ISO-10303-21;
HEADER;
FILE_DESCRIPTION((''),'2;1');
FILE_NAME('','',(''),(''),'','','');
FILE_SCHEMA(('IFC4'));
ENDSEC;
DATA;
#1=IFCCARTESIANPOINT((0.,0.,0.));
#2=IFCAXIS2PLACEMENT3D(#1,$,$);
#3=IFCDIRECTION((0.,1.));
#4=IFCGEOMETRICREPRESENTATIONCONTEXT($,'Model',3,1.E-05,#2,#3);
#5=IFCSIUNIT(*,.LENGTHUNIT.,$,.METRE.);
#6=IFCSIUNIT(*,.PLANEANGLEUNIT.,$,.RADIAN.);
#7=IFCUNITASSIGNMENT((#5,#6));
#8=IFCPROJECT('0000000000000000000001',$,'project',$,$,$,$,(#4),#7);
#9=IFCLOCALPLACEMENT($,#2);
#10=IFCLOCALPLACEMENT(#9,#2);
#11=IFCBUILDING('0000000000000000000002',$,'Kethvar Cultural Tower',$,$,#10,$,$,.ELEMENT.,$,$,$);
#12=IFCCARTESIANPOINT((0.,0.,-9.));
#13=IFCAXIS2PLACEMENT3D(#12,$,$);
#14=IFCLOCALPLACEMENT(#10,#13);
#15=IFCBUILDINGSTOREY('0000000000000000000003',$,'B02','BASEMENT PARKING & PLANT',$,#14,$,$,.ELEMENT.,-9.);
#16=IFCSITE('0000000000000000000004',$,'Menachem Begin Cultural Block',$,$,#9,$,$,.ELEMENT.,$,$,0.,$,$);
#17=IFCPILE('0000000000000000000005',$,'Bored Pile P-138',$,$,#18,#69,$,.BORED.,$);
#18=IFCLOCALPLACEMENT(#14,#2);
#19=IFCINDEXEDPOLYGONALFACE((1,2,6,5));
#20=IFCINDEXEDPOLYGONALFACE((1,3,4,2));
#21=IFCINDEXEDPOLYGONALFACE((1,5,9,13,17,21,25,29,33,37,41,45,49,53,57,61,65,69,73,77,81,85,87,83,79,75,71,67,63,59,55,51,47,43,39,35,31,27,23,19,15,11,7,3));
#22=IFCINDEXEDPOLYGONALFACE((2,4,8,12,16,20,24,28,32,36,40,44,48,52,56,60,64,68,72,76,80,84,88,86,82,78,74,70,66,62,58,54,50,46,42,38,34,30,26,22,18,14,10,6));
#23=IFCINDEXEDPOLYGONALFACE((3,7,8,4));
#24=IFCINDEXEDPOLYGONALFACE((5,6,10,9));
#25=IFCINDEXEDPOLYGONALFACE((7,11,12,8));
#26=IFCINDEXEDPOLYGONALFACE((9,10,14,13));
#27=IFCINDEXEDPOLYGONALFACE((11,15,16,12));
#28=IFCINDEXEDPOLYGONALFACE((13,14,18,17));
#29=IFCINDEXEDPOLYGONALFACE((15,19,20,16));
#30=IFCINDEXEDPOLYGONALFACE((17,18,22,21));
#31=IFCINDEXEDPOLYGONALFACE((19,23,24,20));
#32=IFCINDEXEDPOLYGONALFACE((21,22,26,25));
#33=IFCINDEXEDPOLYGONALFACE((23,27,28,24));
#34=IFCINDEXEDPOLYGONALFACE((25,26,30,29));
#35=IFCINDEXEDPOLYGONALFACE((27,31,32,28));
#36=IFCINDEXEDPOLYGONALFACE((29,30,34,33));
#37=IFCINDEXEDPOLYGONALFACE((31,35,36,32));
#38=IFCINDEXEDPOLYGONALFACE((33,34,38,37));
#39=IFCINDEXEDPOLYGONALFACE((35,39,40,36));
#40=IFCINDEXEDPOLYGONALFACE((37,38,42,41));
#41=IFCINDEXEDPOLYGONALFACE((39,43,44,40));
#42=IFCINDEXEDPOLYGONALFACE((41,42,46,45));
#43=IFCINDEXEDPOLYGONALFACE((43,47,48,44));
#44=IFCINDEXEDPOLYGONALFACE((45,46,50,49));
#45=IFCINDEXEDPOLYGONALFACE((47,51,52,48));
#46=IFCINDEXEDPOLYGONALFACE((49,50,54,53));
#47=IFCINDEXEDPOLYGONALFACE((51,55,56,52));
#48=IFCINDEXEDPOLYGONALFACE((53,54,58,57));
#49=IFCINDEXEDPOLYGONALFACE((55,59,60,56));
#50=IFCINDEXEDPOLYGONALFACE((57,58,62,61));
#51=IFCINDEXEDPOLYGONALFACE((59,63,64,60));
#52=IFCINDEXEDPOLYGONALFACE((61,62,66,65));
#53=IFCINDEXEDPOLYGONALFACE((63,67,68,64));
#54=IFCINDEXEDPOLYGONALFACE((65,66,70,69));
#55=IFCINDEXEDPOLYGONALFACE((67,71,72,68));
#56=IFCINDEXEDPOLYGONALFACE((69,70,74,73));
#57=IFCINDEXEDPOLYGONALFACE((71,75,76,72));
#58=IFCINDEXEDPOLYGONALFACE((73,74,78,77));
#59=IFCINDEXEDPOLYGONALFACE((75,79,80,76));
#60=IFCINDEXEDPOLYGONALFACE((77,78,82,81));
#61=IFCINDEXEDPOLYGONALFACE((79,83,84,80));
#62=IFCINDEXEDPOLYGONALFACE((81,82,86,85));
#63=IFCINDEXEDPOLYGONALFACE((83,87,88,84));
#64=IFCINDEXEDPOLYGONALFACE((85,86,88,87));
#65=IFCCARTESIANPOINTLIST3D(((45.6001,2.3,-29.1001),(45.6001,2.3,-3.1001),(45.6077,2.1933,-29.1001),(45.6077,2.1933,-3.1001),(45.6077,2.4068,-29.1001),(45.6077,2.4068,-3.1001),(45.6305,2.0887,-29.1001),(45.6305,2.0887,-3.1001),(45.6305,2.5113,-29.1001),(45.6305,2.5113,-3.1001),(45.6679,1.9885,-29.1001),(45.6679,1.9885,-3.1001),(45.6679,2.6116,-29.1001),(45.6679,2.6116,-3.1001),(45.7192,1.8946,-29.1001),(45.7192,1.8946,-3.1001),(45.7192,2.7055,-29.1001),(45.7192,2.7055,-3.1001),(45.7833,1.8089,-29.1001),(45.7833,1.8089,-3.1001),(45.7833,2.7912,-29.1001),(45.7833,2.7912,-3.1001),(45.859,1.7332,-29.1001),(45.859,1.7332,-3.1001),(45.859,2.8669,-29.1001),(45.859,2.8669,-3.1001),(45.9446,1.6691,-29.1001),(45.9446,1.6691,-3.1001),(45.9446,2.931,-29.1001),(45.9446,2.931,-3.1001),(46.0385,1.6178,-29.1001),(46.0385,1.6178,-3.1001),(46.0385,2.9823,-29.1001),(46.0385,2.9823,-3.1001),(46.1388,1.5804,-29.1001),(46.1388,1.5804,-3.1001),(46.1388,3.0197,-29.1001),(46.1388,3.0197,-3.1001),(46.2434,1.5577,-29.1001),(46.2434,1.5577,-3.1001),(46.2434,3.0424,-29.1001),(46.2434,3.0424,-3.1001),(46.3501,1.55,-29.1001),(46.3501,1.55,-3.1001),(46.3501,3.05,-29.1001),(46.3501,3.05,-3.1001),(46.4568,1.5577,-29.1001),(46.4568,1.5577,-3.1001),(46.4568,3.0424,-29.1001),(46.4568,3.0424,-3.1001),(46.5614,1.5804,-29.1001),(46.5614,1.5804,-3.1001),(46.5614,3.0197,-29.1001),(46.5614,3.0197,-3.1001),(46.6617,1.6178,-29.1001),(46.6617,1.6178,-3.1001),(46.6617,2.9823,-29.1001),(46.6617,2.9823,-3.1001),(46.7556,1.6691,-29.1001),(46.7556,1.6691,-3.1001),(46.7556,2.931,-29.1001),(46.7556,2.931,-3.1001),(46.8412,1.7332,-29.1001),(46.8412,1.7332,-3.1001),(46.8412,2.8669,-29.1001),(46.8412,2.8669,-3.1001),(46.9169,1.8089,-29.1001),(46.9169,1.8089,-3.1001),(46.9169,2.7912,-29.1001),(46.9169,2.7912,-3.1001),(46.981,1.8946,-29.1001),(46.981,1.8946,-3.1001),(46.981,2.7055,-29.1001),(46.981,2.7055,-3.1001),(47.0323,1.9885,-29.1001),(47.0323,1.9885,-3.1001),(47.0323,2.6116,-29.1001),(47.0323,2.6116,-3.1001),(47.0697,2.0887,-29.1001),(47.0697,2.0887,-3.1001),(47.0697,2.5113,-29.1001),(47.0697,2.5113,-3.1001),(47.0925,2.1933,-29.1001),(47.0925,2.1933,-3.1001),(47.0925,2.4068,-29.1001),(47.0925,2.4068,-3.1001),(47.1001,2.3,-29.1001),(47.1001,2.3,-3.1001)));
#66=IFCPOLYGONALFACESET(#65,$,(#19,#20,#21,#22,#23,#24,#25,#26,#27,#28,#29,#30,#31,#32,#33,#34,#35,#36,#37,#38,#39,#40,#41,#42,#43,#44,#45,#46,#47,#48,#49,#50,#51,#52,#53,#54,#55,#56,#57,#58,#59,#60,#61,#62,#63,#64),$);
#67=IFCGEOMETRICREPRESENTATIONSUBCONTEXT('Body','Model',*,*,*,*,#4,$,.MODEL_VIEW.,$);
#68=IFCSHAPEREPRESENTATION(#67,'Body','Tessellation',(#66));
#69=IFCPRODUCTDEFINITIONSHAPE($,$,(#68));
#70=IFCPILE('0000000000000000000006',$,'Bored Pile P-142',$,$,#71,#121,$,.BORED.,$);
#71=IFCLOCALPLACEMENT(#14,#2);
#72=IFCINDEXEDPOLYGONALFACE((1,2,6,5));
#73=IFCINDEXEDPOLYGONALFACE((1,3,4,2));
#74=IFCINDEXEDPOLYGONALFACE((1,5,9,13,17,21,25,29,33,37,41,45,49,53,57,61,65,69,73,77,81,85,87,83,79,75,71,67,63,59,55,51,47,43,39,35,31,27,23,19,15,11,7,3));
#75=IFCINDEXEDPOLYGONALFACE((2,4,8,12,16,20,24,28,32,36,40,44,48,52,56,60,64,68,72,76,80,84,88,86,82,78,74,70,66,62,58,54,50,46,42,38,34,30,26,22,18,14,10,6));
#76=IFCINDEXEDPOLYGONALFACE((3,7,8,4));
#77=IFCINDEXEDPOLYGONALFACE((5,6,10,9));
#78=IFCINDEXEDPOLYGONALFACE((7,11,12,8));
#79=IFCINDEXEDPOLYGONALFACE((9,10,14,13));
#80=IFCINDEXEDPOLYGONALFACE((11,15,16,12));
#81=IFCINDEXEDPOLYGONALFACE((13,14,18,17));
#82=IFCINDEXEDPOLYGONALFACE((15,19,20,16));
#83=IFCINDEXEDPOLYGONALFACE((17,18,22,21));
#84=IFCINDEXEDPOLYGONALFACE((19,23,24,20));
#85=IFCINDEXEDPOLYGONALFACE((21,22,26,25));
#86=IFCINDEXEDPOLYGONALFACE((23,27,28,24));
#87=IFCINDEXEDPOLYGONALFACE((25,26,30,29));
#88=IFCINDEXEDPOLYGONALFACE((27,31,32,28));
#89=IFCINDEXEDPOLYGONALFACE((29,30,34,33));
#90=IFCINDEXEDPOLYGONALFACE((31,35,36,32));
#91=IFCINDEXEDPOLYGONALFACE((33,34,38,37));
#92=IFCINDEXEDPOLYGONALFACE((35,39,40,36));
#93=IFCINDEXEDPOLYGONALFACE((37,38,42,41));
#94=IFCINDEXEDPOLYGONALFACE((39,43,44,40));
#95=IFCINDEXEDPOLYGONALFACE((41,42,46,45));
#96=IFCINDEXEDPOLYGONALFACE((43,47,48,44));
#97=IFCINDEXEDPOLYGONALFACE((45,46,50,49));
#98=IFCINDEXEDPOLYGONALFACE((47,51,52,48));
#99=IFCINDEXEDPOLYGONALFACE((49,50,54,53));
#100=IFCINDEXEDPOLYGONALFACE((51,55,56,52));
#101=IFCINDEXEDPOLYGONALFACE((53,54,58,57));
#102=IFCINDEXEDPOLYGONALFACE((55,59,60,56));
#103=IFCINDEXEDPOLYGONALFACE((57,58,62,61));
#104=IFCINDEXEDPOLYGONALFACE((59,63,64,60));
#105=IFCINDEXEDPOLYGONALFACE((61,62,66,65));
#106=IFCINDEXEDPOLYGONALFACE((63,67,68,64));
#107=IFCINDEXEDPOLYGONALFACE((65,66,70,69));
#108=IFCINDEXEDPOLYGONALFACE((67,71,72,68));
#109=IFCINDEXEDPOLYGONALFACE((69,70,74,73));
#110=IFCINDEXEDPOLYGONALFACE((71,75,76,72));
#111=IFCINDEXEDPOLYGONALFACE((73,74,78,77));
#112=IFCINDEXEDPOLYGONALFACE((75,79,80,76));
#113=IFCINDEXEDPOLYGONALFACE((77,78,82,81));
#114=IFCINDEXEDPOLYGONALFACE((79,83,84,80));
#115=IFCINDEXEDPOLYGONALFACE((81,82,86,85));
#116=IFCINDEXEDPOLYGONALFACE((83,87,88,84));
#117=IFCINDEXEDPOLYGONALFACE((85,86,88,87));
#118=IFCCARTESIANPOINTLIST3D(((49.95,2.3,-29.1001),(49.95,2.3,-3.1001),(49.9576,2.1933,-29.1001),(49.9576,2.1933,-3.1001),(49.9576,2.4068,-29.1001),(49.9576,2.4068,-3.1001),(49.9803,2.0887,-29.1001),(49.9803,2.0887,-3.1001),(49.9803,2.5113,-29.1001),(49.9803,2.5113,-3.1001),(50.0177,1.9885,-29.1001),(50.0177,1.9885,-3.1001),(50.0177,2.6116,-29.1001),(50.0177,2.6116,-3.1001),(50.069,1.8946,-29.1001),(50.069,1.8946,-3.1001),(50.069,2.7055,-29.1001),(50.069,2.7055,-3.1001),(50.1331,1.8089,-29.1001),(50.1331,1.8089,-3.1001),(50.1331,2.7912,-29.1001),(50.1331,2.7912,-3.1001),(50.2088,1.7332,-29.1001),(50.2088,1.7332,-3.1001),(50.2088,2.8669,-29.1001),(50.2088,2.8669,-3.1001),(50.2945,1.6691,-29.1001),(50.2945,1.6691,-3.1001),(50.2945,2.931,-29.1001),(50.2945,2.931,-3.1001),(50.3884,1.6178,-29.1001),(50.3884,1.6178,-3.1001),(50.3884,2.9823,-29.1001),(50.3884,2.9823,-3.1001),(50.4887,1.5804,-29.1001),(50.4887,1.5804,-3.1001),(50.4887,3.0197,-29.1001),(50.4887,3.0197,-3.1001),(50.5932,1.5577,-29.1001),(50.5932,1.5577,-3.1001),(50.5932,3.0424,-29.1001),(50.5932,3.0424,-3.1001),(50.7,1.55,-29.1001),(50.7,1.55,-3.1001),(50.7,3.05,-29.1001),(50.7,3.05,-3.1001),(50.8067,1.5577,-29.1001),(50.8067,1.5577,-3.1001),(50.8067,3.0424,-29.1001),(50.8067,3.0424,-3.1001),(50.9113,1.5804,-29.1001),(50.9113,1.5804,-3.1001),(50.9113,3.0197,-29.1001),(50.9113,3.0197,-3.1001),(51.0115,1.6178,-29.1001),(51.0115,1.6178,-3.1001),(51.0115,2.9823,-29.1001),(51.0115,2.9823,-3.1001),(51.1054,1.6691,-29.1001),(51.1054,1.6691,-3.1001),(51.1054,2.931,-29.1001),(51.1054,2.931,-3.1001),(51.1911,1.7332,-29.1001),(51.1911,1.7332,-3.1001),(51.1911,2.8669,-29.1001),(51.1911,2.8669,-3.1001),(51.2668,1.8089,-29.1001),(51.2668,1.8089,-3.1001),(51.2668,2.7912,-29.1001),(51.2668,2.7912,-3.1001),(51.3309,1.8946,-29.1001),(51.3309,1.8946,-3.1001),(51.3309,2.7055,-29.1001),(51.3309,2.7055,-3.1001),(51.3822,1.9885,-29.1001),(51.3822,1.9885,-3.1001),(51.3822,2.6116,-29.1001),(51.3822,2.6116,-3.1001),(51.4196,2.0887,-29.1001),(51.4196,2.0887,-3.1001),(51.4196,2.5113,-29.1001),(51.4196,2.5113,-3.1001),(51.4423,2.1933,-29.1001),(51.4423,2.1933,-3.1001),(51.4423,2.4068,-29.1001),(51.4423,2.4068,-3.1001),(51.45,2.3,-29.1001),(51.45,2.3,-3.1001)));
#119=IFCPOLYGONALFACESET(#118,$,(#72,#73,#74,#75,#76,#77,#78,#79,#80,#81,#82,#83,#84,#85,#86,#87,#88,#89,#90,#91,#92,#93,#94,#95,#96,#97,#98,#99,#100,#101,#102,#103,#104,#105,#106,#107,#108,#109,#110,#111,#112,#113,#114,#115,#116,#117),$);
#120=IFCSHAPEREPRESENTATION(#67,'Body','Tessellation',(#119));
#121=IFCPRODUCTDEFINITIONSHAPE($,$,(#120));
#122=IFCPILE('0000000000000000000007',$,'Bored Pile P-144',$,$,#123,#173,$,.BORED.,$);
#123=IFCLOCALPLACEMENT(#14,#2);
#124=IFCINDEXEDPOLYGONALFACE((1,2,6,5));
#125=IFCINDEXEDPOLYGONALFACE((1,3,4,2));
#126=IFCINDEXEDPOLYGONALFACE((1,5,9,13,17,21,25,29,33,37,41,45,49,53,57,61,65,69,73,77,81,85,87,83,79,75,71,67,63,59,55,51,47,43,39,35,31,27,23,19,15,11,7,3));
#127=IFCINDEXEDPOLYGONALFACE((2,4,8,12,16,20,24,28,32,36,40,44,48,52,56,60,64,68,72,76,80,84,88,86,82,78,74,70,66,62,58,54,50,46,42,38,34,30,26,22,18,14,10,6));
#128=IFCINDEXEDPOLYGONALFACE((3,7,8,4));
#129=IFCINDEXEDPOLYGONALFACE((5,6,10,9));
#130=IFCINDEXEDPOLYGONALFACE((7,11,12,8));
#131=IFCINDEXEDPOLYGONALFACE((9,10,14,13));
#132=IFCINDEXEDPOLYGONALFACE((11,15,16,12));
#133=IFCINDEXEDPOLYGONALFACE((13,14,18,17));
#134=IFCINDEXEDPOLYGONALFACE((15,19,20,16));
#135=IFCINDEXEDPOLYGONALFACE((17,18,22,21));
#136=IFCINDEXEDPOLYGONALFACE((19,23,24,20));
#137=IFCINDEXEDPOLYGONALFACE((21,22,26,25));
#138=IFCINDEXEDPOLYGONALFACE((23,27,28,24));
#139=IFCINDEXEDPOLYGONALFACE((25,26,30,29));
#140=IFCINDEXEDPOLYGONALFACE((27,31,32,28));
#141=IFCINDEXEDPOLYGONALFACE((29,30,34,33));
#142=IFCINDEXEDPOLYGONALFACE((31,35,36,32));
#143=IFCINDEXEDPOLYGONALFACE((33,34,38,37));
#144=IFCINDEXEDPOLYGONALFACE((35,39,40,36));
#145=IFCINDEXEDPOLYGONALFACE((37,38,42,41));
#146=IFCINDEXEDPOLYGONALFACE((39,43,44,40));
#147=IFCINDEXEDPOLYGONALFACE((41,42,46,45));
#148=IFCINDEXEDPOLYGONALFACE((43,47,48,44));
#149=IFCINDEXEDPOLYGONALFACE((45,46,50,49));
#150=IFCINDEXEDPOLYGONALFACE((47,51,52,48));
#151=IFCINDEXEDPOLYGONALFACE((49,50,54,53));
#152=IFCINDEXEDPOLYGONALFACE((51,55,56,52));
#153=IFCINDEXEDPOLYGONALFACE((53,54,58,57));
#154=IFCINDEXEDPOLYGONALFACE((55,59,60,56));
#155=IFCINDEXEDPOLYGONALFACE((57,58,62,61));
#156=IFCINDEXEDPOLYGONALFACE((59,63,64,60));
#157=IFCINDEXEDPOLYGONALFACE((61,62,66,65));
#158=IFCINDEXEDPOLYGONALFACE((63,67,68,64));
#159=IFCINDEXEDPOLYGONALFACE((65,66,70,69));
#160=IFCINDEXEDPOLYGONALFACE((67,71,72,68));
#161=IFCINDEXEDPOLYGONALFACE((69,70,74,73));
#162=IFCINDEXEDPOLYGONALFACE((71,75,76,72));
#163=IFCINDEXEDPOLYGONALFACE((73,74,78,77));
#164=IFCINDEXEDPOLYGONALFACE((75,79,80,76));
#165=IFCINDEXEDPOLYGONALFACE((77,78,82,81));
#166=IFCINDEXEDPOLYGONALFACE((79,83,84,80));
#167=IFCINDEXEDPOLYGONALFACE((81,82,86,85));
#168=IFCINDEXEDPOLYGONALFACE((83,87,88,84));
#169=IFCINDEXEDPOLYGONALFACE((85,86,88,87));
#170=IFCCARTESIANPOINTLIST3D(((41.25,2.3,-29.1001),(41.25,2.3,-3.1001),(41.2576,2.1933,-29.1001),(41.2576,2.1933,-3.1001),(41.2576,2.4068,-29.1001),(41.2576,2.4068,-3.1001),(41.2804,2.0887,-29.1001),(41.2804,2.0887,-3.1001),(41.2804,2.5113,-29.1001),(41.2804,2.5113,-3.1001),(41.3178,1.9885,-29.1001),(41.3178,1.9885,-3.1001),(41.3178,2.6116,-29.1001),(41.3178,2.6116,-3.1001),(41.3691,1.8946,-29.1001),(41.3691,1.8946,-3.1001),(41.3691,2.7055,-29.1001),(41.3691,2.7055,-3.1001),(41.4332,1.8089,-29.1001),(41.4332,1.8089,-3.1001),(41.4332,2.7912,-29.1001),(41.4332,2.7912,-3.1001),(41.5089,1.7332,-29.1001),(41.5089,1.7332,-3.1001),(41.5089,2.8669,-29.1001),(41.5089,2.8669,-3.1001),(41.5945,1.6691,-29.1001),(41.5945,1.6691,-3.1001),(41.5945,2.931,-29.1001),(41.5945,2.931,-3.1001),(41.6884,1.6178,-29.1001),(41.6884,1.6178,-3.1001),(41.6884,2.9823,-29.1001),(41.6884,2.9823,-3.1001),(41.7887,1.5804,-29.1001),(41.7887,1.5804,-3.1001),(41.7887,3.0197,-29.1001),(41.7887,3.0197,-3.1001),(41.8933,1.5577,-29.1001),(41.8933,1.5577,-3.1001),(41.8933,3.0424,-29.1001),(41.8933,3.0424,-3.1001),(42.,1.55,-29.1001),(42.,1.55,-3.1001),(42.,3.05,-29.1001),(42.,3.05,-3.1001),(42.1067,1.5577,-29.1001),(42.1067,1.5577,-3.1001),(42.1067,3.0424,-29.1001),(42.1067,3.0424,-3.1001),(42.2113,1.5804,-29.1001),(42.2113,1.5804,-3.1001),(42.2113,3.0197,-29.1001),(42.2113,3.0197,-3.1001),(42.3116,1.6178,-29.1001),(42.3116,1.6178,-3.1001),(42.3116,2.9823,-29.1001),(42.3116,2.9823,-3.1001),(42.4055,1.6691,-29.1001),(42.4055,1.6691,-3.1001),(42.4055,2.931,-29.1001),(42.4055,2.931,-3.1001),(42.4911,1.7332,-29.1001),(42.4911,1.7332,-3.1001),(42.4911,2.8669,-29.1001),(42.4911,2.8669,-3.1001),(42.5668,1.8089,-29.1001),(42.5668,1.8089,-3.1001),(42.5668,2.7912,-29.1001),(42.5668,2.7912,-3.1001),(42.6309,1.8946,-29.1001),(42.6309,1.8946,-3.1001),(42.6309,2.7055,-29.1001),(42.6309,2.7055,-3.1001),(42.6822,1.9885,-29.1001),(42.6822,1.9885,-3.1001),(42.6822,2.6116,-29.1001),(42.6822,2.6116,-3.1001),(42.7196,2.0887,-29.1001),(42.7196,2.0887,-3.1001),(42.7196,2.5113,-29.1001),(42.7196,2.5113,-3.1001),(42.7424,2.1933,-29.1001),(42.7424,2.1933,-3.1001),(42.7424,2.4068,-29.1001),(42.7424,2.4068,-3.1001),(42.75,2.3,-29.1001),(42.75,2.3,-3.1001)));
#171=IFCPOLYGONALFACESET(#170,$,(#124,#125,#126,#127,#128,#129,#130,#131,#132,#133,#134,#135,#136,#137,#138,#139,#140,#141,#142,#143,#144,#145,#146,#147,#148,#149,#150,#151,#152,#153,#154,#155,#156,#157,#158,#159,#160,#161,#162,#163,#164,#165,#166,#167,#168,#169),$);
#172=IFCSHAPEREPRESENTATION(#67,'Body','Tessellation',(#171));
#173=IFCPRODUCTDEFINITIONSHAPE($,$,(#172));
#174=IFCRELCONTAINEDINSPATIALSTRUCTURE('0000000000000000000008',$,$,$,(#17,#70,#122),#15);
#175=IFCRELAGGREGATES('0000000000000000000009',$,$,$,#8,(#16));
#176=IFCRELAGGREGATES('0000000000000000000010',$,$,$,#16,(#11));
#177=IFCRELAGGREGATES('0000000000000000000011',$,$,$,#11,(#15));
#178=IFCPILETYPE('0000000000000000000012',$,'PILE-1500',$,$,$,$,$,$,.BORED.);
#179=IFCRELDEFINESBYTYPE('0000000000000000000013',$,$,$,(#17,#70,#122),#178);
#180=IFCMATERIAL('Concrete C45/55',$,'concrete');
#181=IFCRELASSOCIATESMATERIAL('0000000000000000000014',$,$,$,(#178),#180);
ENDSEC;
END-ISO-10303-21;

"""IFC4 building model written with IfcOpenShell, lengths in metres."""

from ifc_helpers import new_model, si_unit, direction, frame, origin, origin_2d, place, context, subcontext, project, spatial, circle, extrude, source, transform, mapped, material, material_profile, profile_set, type_object, element, save


model = new_model("IFC4")

# Units and contexts
model_context = context("Model", 3, precision=1e-05, world=origin(), true_north=direction((0.0, 1.0)))
body_context = subcontext(model_context, "Body", "Model", "MODEL_VIEW")
ifc_project = project(units=[si_unit("LENGTHUNIT", "METRE"), si_unit("PLANEANGLEUNIT", "RADIAN")], contexts=[model_context])

# Site, building, storey
site_placement = place(None, origin())
site = spatial("IfcSite", under=ifc_project, at=site_placement, Name="Menachem Begin Cultural Block", CompositionType="ELEMENT", RefElevation=0.0)
building_placement = place(site_placement, origin())
building = spatial("IfcBuilding", under=site, at=building_placement, Name="Kethvar Cultural Tower", CompositionType="ELEMENT")
storey_placement = place(building_placement, frame((0.0, 0.0, -9.0)))
storey = spatial("IfcBuildingStorey", under=building, at=storey_placement, Name="B02", Description="BASEMENT PARKING & PLANT", CompositionType="ELEMENT", Elevation=-9.0)

# Piles
ifc_material_1 = material(Name="Concrete C45/55", Category="concrete")
ifc_material_profile_1 = material_profile(ifc_material_1, circle(Radius=0.75, at=origin_2d()), Name="Concrete C45/55 — PILE1500")
ifc_profile_set_1 = profile_set([ifc_material_profile_1], Name="Concrete C45/55 — PILE1500")
pile_type = type_object("IfcPileType", Name="PILE-1500", PredefinedType="BORED", material=ifc_profile_set_1)
shared_shape_1 = source(origin(), body_context, "Body", "SweptSolid", [
    extrude(circle(Radius=0.75, at=origin_2d()), origin(), (0.0, 0.0, 1.0), 26.0),
])
for number, where, z_axis, x_axis, name in (
    (1, (46.3501, 2.3, -3.1001), (0.0, 0.0, -1.0), (1.0, 0.0, 0.0), "Bored Pile P-138"),
    (2, (50.7, 2.3, -3.1001), (0.0, 0.0, -1.0), (1.0, 0.0, 0.0), "Bored Pile P-142"),
    (3, (42.0, 2.3, -3.1001), (0.0, 0.0, -1.0), (1.0, 0.0, 0.0), "Bored Pile P-144"),
):
    element("IfcPile", number, at=place(storey_placement, frame(where, z_axis=z_axis, x_axis=x_axis)), inside=storey, type_object=pile_type, Name=name, PredefinedType="BORED", context=body_context, shape_type="MappedRepresentation", body=[
        mapped(shared_shape_1, transform((0.0, 0.0, 0.0), scale=1.0)),
    ])

save(model, "model.ifc")
